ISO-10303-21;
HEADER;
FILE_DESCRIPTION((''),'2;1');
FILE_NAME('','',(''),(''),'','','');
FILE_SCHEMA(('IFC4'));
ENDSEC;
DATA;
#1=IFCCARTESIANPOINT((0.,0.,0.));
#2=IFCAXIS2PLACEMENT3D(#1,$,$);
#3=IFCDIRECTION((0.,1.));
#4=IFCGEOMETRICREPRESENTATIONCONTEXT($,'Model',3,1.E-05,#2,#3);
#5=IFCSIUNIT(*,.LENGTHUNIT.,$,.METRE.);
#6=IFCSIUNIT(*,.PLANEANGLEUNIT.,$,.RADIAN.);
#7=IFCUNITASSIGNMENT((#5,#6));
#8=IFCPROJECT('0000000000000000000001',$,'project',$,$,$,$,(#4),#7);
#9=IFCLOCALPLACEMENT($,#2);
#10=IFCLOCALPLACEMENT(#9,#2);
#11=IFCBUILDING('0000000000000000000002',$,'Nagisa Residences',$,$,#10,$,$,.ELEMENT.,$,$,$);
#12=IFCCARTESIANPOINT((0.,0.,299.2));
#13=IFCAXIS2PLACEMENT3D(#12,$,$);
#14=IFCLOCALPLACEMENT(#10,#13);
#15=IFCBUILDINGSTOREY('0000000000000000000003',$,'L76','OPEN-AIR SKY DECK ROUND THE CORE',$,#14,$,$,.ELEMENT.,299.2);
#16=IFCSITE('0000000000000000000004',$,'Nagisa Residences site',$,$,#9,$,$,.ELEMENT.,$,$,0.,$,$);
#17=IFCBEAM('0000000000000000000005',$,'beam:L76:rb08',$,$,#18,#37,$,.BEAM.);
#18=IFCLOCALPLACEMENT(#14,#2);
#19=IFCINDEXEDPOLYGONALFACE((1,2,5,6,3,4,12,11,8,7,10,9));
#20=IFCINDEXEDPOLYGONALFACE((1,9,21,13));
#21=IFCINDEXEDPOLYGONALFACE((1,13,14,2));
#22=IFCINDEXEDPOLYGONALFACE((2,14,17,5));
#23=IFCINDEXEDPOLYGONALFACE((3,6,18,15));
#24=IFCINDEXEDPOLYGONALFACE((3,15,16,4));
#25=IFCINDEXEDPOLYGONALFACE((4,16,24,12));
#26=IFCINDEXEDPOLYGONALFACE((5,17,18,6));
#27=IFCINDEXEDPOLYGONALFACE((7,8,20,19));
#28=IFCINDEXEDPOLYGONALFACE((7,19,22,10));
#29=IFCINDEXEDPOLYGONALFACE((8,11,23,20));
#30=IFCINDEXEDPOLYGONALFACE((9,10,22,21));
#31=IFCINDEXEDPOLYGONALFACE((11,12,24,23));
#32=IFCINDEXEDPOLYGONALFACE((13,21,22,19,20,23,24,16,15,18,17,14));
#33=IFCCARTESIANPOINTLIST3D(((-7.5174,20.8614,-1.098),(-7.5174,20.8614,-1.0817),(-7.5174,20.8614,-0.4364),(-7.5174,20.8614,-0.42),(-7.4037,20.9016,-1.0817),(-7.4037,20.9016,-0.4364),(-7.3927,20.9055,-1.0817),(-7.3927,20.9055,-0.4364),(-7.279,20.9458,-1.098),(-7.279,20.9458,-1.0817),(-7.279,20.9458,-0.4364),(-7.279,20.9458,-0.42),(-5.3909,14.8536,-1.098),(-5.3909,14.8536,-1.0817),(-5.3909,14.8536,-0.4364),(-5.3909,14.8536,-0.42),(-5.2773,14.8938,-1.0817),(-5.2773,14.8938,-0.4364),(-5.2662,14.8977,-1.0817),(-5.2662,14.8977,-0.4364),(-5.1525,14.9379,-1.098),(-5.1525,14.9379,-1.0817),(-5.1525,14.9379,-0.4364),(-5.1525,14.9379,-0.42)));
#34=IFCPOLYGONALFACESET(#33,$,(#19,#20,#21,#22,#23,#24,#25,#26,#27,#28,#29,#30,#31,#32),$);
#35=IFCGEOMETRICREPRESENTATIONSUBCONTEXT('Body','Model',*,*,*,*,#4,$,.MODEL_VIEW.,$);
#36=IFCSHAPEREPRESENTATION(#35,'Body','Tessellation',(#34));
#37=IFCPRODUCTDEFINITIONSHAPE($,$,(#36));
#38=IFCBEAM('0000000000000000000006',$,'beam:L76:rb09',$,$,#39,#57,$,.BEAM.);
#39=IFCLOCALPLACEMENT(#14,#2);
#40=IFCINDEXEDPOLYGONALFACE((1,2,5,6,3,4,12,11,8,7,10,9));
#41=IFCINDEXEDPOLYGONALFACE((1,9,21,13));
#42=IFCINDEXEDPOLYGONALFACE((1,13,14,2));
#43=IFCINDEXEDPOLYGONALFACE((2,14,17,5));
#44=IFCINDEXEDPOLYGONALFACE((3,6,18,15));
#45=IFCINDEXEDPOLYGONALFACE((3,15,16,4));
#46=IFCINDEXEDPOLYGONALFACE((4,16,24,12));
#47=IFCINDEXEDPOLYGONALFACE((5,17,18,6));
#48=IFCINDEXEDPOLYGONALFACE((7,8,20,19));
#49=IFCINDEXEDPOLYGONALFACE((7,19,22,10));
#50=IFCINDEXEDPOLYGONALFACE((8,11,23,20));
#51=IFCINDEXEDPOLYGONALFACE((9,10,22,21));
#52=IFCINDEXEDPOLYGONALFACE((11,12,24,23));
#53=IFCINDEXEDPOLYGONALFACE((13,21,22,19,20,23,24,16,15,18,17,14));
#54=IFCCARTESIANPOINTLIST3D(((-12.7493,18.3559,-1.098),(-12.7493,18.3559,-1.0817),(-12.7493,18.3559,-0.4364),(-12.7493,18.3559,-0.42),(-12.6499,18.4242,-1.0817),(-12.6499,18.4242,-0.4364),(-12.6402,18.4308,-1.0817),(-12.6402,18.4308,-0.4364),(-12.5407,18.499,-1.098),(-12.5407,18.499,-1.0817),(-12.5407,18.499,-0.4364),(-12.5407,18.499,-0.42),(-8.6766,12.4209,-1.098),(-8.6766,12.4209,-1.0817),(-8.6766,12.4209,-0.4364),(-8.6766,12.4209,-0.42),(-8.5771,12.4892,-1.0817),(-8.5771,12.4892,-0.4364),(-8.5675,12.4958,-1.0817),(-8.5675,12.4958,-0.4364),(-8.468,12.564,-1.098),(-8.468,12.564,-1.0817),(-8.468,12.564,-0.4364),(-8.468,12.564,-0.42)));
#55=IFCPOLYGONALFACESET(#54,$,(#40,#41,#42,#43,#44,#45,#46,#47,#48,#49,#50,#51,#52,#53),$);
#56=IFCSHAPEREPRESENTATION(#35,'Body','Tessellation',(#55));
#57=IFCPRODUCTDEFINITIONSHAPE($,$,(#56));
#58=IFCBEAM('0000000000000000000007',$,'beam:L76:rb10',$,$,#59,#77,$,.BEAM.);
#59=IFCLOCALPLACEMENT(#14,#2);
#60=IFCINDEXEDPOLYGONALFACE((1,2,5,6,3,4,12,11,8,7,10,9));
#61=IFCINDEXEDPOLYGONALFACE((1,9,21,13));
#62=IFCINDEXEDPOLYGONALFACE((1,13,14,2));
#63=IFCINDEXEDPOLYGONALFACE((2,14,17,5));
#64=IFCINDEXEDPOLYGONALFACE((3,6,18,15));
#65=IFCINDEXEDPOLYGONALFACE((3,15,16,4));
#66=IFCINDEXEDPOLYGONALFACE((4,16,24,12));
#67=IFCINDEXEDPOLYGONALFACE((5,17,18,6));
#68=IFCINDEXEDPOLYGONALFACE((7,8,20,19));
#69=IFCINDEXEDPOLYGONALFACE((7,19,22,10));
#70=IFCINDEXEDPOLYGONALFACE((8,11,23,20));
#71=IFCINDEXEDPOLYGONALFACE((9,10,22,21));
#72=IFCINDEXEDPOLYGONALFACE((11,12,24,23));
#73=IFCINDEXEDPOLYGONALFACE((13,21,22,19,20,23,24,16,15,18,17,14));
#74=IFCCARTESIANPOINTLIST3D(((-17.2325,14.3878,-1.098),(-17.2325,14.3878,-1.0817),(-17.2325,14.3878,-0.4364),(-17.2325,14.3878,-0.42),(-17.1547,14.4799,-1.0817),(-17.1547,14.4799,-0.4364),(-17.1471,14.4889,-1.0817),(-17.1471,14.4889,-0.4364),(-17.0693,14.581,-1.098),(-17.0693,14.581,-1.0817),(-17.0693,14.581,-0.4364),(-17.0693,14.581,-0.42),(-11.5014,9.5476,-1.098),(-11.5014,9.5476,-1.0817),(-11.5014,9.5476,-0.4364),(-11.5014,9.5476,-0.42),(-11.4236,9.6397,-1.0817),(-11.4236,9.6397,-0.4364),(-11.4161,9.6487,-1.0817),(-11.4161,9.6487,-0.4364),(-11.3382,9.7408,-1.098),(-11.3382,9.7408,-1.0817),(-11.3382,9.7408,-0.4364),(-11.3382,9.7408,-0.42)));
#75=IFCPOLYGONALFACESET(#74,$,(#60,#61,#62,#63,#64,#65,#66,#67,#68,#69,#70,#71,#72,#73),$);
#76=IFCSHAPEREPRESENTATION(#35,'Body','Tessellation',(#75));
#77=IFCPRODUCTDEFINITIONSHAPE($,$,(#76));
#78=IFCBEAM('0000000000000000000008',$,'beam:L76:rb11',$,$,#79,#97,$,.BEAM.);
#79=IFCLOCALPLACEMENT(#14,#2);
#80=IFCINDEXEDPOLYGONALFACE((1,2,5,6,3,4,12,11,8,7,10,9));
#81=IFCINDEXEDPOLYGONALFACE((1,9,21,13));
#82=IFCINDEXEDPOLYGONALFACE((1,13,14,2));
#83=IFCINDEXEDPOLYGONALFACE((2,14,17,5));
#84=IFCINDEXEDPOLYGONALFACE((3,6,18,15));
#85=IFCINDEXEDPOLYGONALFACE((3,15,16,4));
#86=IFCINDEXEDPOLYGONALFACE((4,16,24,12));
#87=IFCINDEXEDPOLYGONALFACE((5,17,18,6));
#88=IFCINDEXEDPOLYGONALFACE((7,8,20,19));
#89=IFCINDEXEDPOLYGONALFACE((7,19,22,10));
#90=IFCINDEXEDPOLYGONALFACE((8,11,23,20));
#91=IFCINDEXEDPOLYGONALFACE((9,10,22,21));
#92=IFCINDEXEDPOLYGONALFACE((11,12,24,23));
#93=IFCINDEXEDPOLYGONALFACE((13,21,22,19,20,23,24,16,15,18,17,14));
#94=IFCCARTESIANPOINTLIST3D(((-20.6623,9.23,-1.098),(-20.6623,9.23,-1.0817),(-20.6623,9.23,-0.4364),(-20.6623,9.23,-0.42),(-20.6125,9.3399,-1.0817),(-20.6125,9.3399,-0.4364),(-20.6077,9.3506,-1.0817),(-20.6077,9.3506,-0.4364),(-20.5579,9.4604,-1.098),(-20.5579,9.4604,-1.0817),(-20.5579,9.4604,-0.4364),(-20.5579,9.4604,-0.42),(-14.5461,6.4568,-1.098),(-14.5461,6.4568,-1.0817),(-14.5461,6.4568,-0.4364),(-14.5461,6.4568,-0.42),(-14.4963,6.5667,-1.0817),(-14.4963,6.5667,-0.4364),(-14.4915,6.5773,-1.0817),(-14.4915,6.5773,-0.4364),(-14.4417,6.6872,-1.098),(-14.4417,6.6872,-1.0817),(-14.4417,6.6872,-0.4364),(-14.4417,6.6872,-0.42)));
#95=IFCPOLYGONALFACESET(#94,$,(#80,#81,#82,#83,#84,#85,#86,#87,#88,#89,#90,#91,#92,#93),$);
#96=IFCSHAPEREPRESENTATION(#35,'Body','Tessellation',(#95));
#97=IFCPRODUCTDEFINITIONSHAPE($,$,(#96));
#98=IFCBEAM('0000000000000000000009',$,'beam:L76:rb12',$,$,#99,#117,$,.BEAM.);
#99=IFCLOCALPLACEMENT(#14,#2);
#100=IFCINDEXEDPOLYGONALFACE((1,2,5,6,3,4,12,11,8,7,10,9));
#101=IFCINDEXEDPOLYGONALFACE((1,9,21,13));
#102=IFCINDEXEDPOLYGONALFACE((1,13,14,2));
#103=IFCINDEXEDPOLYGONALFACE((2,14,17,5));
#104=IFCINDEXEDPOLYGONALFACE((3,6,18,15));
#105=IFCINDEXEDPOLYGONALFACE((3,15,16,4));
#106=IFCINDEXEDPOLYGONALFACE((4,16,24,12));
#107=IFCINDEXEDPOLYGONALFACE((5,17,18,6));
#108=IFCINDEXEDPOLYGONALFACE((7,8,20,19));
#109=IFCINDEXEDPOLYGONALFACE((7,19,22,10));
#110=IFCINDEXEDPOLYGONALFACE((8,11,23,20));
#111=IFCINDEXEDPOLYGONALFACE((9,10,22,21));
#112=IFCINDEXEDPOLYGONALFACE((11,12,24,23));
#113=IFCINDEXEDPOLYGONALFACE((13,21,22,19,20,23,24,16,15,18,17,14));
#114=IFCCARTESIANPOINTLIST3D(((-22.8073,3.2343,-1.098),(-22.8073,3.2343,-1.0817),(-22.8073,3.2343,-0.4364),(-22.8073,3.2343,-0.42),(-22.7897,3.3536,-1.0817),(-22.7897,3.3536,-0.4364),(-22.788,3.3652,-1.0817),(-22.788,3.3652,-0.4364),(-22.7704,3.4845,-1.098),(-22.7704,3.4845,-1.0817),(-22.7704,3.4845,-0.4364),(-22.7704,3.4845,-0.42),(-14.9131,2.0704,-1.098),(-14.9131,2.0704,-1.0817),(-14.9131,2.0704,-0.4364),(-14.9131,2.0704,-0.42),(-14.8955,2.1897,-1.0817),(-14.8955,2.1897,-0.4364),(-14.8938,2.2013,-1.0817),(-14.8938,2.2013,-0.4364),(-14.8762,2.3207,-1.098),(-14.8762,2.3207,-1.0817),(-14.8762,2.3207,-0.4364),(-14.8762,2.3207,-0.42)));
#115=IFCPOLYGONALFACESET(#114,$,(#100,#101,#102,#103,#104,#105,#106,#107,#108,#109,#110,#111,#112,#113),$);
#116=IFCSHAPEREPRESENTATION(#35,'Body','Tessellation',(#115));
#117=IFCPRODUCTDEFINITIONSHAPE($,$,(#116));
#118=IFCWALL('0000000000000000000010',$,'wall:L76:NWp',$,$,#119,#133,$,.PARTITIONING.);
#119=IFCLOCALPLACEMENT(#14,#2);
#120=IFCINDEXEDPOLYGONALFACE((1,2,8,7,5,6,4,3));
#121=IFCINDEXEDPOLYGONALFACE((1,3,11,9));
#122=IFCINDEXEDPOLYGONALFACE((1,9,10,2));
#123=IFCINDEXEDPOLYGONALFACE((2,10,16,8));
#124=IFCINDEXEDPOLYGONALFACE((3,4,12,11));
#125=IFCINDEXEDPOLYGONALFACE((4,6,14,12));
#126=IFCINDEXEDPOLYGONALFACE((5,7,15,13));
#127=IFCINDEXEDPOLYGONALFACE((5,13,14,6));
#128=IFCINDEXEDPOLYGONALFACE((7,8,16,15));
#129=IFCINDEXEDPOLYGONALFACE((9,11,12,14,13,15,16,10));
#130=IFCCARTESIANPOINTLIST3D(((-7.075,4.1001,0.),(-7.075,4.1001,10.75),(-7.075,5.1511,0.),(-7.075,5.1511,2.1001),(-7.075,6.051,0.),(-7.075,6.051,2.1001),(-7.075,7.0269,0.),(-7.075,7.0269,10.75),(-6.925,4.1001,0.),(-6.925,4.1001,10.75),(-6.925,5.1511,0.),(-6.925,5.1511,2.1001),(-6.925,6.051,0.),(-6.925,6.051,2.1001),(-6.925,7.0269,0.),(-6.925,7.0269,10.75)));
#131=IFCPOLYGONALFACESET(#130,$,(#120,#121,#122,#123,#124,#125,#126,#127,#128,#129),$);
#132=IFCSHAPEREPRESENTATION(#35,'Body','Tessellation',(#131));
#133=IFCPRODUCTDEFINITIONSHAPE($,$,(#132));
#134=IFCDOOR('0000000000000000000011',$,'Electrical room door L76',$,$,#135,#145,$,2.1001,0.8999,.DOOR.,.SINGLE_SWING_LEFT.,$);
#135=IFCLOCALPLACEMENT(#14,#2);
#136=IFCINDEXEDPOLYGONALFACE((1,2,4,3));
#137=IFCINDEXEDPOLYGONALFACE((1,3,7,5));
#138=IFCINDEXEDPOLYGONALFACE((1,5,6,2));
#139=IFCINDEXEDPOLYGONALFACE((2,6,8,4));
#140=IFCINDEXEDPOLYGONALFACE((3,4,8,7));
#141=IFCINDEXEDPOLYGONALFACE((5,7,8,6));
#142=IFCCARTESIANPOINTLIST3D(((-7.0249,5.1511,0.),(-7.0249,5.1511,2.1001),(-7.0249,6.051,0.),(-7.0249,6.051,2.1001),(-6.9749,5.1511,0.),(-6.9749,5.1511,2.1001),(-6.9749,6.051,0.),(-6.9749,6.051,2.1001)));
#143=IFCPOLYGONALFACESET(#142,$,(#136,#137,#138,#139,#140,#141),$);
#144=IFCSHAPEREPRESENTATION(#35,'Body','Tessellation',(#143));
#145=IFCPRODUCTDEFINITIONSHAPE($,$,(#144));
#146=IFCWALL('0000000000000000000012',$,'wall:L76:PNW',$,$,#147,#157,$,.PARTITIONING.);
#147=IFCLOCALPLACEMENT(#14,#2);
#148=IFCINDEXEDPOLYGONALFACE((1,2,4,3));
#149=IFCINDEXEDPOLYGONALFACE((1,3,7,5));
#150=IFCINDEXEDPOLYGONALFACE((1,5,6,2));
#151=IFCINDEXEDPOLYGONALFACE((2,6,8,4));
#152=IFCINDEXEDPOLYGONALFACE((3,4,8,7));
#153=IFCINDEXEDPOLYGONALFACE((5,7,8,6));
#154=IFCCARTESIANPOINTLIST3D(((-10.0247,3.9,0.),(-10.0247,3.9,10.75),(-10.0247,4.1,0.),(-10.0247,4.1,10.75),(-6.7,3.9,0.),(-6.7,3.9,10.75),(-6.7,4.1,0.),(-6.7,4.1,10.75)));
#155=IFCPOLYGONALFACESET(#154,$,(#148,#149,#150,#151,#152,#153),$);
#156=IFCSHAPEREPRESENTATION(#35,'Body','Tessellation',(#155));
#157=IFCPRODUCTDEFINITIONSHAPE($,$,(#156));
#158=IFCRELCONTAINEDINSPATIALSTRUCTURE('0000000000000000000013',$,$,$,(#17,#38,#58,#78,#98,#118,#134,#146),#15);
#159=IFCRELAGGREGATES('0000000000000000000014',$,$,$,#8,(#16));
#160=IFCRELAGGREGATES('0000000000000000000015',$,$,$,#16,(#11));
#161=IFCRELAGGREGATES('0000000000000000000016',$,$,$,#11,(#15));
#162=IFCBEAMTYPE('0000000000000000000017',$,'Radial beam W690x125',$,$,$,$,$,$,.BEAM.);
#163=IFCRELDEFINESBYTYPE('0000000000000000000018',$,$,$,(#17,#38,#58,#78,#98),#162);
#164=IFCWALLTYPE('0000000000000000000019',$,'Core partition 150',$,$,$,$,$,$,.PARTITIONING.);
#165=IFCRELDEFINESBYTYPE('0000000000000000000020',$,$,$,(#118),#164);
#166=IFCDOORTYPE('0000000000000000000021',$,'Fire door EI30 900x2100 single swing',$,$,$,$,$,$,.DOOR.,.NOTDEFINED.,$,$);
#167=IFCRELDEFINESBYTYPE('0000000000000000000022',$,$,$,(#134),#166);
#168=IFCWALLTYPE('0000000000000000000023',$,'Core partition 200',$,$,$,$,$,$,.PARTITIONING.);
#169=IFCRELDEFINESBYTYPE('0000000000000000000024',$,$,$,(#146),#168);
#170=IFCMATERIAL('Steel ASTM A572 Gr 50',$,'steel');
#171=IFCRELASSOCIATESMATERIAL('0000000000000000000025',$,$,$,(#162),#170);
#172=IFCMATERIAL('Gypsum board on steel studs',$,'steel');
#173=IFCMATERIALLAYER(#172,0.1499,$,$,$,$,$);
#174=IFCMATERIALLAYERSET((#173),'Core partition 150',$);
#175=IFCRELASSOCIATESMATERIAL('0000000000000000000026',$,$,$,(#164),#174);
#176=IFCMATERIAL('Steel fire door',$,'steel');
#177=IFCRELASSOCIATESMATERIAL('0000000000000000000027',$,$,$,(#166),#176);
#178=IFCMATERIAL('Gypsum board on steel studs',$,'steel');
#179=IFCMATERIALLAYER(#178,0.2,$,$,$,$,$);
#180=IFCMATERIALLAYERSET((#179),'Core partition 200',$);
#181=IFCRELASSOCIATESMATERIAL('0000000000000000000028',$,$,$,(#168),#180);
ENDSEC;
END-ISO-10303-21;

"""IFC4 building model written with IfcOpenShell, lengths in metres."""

from ifc_helpers import new_model, si_unit, direction, frame, frame_2d, origin, origin_2d, place, context, subcontext, project, spatial, rectangle, i_section, extrude, material, layer, layer_set, material_profile, profile_set, type_object, element, fill, save


model = new_model("IFC4")

# Units and contexts
model_context = context("Model", 3, precision=1e-05, world=origin(), true_north=direction((0.0, 1.0)))
body_context = subcontext(model_context, "Body", "Model", "MODEL_VIEW")
ifc_project = project(units=[si_unit("LENGTHUNIT", "METRE"), si_unit("PLANEANGLEUNIT", "RADIAN")], contexts=[model_context])

# Site, building, storey
site_placement = place(None, origin())
site = spatial("IfcSite", under=ifc_project, at=site_placement, Name="Nagisa Residences site", CompositionType="ELEMENT", RefElevation=0.0)
building_placement = place(site_placement, origin())
building = spatial("IfcBuilding", under=site, at=building_placement, Name="Nagisa Residences", CompositionType="ELEMENT")
storey_placement = place(building_placement, frame((0.0, 0.0, 299.2)))
storey = spatial("IfcBuildingStorey", under=building, at=storey_placement, Name="L76", Description="OPEN-AIR SKY DECK ROUND THE CORE", CompositionType="ELEMENT", Elevation=299.2)

# Beams
ifc_material_1 = material(Name="Steel ASTM A572 Gr 50", Category="steel")
ifc_material_profile_1 = material_profile(ifc_material_1, i_section(OverallWidth=0.2529, OverallDepth=0.678, WebThickness=0.0117, FlangeThickness=0.0164, at=origin_2d()), Name="W690x125")
ifc_profile_set_1 = profile_set([ifc_material_profile_1], Name="Steel ASTM A572 Gr 50")
beam_type_1 = type_object("IfcBeamType", Name="Radial beam W690x125", PredefinedType="BEAM", material=ifc_profile_set_1)
beam_1_placement = place(storey_placement, frame((-7.3982, 20.9036, -0.759), z_axis=(0.333666, -0.942692, 0.0), x_axis=(0.942692, 0.333666, 0.0)))
element("IfcBeam", 1, at=beam_1_placement, inside=storey, type_object=beam_type_1, Name="beam:L76:rb08", PredefinedType="BEAM", context=body_context, shape_type="SweptSolid", body=[
    extrude(i_section(OverallWidth=0.2529, OverallDepth=0.678, WebThickness=0.0117, FlangeThickness=0.0164, at=origin_2d()), origin(), (0.0, 0.0, 1.0), 6.373),
])
beam_2_placement = place(storey_placement, frame((-12.645, 18.4275, -0.759), z_axis=(0.565812, -0.824534, 0.0), x_axis=(0.824534, 0.565812, 0.0)))
element("IfcBeam", 2, at=beam_2_placement, inside=storey, type_object=beam_type_1, Name="beam:L76:rb09", PredefinedType="BEAM", context=body_context, shape_type="SweptSolid", body=[
    extrude(i_section(OverallWidth=0.2529, OverallDepth=0.678, WebThickness=0.0117, FlangeThickness=0.0164, at=origin_2d()), origin(), (0.0, 0.0, 1.0), 7.198),
])
beam_3_placement = place(storey_placement, frame((-17.1509, 14.4844, -0.759), z_axis=(0.76399, -0.645229, 0.0), x_axis=(0.645229, 0.76399, 0.0)))
element("IfcBeam", 3, at=beam_3_placement, inside=storey, type_object=beam_type_1, Name="beam:L76:rb10", PredefinedType="BEAM", context=body_context, shape_type="SweptSolid", body=[
    extrude(i_section(OverallWidth=0.2529, OverallDepth=0.678, WebThickness=0.0117, FlangeThickness=0.0164, at=origin_2d()), origin(), (0.0, 0.0, 1.0), 7.5015),
])
beam_4_placement = place(storey_placement, frame((-20.6101, 9.3452, -0.759), z_axis=(0.910753, -0.412951, 0.0), x_axis=(0.412951, 0.910753, 0.0)))
element("IfcBeam", 4, at=beam_4_placement, inside=storey, type_object=beam_type_1, Name="beam:L76:rb11", PredefinedType="BEAM", context=body_context, shape_type="SweptSolid", body=[
    extrude(i_section(OverallWidth=0.2529, OverallDepth=0.678, WebThickness=0.0117, FlangeThickness=0.0164, at=origin_2d()), origin(), (0.0, 0.0, 1.0), 6.7156),
])
beam_5_placement = place(storey_placement, frame((-22.7888, 3.3594, -0.759), z_axis=(0.989306, -0.145853, 0.0), x_axis=(0.145853, 0.989306, 0.0)))
element("IfcBeam", 5, at=beam_5_placement, inside=storey, type_object=beam_type_1, Name="beam:L76:rb12", PredefinedType="BEAM", context=body_context, shape_type="SweptSolid", body=[
    extrude(i_section(OverallWidth=0.2529, OverallDepth=0.678, WebThickness=0.0117, FlangeThickness=0.0164, at=origin_2d()), origin(), (0.0, 0.0, 1.0), 7.9795),
])

# Wall, opening, door
ifc_material_2 = material(Name="Gypsum board on steel studs", Category="steel")
ifc_layer_1 = layer(ifc_material_2, 0.1499)
ifc_layer_set_1 = layer_set([ifc_layer_1], Name="Core partition 150")
wall_type_1 = type_object("IfcWallType", Name="Core partition 150", PredefinedType="PARTITIONING", material=ifc_layer_set_1)
wall_1_placement = place(storey_placement, frame((-7.0, 4.1001, 0.0), z_axis=(0.0, 0.0, 1.0), x_axis=(0.0, 1.0, 0.0)))
wall_1 = element("IfcWall", 6, at=wall_1_placement, inside=storey, type_object=wall_type_1, Name="wall:L76:NWp", PredefinedType="PARTITIONING", context=body_context, shape_type="SweptSolid", body=[
    extrude(rectangle(XDim=2.9268, YDim=0.1499, at=frame_2d((1.4634, 0.0))), origin(), (0.0, 0.0, 1.0), 10.75),
])
opening_1_placement = place(wall_1_placement, frame((1.051, 0.0, 0.0)))
opening_1 = element("IfcOpeningElement", 7, at=opening_1_placement, cuts=wall_1, PredefinedType="OPENING", context=body_context, shape_type="SweptSolid", body=[
    extrude(rectangle(XDim=0.8999, YDim=2.1001, at=frame_2d((0.45, 1.05))), frame((0.0, 0.085, 0.0), z_axis=(0.0, -1.0, 0.0), x_axis=(1.0, 0.0, 0.0)), (0.0, 0.0, 1.0), 0.1699),
])
ifc_material_3 = material(Name="Steel fire door", Category="steel")
door_type_1 = type_object("IfcDoorType", Name="Fire door EI30 900x2100 single swing", OperationType="NOTDEFINED", PredefinedType="DOOR", material=ifc_material_3)
door_1_placement = place(opening_1_placement, origin())
door_1 = element("IfcDoor", 8, at=door_1_placement, inside=storey, type_object=door_type_1, Name="Electrical room door L76", OperationType="SINGLE_SWING_LEFT", OverallHeight=2.1001, OverallWidth=0.8999, PredefinedType="DOOR", context=body_context, shape_type="SweptSolid", body=[
    extrude(rectangle(XDim=0.8999, YDim=2.1001, at=frame_2d((0.45, 1.05))), frame((0.0, 0.0249, 0.0), z_axis=(0.0, -1.0, 0.0), x_axis=(1.0, 0.0, 0.0)), (0.0, 0.0, 1.0), 0.05),
])
fill(opening_1, door_1)

# Wall
ifc_material_4 = material(Name="Gypsum board on steel studs", Category="steel")
ifc_layer_2 = layer(ifc_material_4, 0.2)
ifc_layer_set_2 = layer_set([ifc_layer_2], Name="Core partition 200")
wall_type_2 = type_object("IfcWallType", Name="Core partition 200", PredefinedType="PARTITIONING", material=ifc_layer_set_2)
wall_2_placement = place(storey_placement, frame((-10.0247, 4.0, 0.0), z_axis=(0.0, 0.0, 1.0), x_axis=(1.0, 0.0, 0.0)))
element("IfcWall", 9, at=wall_2_placement, inside=storey, type_object=wall_type_2, Name="wall:L76:PNW", PredefinedType="PARTITIONING", context=body_context, shape_type="SweptSolid", body=[
    extrude(rectangle(XDim=3.3247, YDim=0.2, at=frame_2d((1.6624, 0.0))), origin(), (0.0, 0.0, 1.0), 10.75),
])

save(model, "model.ifc")
